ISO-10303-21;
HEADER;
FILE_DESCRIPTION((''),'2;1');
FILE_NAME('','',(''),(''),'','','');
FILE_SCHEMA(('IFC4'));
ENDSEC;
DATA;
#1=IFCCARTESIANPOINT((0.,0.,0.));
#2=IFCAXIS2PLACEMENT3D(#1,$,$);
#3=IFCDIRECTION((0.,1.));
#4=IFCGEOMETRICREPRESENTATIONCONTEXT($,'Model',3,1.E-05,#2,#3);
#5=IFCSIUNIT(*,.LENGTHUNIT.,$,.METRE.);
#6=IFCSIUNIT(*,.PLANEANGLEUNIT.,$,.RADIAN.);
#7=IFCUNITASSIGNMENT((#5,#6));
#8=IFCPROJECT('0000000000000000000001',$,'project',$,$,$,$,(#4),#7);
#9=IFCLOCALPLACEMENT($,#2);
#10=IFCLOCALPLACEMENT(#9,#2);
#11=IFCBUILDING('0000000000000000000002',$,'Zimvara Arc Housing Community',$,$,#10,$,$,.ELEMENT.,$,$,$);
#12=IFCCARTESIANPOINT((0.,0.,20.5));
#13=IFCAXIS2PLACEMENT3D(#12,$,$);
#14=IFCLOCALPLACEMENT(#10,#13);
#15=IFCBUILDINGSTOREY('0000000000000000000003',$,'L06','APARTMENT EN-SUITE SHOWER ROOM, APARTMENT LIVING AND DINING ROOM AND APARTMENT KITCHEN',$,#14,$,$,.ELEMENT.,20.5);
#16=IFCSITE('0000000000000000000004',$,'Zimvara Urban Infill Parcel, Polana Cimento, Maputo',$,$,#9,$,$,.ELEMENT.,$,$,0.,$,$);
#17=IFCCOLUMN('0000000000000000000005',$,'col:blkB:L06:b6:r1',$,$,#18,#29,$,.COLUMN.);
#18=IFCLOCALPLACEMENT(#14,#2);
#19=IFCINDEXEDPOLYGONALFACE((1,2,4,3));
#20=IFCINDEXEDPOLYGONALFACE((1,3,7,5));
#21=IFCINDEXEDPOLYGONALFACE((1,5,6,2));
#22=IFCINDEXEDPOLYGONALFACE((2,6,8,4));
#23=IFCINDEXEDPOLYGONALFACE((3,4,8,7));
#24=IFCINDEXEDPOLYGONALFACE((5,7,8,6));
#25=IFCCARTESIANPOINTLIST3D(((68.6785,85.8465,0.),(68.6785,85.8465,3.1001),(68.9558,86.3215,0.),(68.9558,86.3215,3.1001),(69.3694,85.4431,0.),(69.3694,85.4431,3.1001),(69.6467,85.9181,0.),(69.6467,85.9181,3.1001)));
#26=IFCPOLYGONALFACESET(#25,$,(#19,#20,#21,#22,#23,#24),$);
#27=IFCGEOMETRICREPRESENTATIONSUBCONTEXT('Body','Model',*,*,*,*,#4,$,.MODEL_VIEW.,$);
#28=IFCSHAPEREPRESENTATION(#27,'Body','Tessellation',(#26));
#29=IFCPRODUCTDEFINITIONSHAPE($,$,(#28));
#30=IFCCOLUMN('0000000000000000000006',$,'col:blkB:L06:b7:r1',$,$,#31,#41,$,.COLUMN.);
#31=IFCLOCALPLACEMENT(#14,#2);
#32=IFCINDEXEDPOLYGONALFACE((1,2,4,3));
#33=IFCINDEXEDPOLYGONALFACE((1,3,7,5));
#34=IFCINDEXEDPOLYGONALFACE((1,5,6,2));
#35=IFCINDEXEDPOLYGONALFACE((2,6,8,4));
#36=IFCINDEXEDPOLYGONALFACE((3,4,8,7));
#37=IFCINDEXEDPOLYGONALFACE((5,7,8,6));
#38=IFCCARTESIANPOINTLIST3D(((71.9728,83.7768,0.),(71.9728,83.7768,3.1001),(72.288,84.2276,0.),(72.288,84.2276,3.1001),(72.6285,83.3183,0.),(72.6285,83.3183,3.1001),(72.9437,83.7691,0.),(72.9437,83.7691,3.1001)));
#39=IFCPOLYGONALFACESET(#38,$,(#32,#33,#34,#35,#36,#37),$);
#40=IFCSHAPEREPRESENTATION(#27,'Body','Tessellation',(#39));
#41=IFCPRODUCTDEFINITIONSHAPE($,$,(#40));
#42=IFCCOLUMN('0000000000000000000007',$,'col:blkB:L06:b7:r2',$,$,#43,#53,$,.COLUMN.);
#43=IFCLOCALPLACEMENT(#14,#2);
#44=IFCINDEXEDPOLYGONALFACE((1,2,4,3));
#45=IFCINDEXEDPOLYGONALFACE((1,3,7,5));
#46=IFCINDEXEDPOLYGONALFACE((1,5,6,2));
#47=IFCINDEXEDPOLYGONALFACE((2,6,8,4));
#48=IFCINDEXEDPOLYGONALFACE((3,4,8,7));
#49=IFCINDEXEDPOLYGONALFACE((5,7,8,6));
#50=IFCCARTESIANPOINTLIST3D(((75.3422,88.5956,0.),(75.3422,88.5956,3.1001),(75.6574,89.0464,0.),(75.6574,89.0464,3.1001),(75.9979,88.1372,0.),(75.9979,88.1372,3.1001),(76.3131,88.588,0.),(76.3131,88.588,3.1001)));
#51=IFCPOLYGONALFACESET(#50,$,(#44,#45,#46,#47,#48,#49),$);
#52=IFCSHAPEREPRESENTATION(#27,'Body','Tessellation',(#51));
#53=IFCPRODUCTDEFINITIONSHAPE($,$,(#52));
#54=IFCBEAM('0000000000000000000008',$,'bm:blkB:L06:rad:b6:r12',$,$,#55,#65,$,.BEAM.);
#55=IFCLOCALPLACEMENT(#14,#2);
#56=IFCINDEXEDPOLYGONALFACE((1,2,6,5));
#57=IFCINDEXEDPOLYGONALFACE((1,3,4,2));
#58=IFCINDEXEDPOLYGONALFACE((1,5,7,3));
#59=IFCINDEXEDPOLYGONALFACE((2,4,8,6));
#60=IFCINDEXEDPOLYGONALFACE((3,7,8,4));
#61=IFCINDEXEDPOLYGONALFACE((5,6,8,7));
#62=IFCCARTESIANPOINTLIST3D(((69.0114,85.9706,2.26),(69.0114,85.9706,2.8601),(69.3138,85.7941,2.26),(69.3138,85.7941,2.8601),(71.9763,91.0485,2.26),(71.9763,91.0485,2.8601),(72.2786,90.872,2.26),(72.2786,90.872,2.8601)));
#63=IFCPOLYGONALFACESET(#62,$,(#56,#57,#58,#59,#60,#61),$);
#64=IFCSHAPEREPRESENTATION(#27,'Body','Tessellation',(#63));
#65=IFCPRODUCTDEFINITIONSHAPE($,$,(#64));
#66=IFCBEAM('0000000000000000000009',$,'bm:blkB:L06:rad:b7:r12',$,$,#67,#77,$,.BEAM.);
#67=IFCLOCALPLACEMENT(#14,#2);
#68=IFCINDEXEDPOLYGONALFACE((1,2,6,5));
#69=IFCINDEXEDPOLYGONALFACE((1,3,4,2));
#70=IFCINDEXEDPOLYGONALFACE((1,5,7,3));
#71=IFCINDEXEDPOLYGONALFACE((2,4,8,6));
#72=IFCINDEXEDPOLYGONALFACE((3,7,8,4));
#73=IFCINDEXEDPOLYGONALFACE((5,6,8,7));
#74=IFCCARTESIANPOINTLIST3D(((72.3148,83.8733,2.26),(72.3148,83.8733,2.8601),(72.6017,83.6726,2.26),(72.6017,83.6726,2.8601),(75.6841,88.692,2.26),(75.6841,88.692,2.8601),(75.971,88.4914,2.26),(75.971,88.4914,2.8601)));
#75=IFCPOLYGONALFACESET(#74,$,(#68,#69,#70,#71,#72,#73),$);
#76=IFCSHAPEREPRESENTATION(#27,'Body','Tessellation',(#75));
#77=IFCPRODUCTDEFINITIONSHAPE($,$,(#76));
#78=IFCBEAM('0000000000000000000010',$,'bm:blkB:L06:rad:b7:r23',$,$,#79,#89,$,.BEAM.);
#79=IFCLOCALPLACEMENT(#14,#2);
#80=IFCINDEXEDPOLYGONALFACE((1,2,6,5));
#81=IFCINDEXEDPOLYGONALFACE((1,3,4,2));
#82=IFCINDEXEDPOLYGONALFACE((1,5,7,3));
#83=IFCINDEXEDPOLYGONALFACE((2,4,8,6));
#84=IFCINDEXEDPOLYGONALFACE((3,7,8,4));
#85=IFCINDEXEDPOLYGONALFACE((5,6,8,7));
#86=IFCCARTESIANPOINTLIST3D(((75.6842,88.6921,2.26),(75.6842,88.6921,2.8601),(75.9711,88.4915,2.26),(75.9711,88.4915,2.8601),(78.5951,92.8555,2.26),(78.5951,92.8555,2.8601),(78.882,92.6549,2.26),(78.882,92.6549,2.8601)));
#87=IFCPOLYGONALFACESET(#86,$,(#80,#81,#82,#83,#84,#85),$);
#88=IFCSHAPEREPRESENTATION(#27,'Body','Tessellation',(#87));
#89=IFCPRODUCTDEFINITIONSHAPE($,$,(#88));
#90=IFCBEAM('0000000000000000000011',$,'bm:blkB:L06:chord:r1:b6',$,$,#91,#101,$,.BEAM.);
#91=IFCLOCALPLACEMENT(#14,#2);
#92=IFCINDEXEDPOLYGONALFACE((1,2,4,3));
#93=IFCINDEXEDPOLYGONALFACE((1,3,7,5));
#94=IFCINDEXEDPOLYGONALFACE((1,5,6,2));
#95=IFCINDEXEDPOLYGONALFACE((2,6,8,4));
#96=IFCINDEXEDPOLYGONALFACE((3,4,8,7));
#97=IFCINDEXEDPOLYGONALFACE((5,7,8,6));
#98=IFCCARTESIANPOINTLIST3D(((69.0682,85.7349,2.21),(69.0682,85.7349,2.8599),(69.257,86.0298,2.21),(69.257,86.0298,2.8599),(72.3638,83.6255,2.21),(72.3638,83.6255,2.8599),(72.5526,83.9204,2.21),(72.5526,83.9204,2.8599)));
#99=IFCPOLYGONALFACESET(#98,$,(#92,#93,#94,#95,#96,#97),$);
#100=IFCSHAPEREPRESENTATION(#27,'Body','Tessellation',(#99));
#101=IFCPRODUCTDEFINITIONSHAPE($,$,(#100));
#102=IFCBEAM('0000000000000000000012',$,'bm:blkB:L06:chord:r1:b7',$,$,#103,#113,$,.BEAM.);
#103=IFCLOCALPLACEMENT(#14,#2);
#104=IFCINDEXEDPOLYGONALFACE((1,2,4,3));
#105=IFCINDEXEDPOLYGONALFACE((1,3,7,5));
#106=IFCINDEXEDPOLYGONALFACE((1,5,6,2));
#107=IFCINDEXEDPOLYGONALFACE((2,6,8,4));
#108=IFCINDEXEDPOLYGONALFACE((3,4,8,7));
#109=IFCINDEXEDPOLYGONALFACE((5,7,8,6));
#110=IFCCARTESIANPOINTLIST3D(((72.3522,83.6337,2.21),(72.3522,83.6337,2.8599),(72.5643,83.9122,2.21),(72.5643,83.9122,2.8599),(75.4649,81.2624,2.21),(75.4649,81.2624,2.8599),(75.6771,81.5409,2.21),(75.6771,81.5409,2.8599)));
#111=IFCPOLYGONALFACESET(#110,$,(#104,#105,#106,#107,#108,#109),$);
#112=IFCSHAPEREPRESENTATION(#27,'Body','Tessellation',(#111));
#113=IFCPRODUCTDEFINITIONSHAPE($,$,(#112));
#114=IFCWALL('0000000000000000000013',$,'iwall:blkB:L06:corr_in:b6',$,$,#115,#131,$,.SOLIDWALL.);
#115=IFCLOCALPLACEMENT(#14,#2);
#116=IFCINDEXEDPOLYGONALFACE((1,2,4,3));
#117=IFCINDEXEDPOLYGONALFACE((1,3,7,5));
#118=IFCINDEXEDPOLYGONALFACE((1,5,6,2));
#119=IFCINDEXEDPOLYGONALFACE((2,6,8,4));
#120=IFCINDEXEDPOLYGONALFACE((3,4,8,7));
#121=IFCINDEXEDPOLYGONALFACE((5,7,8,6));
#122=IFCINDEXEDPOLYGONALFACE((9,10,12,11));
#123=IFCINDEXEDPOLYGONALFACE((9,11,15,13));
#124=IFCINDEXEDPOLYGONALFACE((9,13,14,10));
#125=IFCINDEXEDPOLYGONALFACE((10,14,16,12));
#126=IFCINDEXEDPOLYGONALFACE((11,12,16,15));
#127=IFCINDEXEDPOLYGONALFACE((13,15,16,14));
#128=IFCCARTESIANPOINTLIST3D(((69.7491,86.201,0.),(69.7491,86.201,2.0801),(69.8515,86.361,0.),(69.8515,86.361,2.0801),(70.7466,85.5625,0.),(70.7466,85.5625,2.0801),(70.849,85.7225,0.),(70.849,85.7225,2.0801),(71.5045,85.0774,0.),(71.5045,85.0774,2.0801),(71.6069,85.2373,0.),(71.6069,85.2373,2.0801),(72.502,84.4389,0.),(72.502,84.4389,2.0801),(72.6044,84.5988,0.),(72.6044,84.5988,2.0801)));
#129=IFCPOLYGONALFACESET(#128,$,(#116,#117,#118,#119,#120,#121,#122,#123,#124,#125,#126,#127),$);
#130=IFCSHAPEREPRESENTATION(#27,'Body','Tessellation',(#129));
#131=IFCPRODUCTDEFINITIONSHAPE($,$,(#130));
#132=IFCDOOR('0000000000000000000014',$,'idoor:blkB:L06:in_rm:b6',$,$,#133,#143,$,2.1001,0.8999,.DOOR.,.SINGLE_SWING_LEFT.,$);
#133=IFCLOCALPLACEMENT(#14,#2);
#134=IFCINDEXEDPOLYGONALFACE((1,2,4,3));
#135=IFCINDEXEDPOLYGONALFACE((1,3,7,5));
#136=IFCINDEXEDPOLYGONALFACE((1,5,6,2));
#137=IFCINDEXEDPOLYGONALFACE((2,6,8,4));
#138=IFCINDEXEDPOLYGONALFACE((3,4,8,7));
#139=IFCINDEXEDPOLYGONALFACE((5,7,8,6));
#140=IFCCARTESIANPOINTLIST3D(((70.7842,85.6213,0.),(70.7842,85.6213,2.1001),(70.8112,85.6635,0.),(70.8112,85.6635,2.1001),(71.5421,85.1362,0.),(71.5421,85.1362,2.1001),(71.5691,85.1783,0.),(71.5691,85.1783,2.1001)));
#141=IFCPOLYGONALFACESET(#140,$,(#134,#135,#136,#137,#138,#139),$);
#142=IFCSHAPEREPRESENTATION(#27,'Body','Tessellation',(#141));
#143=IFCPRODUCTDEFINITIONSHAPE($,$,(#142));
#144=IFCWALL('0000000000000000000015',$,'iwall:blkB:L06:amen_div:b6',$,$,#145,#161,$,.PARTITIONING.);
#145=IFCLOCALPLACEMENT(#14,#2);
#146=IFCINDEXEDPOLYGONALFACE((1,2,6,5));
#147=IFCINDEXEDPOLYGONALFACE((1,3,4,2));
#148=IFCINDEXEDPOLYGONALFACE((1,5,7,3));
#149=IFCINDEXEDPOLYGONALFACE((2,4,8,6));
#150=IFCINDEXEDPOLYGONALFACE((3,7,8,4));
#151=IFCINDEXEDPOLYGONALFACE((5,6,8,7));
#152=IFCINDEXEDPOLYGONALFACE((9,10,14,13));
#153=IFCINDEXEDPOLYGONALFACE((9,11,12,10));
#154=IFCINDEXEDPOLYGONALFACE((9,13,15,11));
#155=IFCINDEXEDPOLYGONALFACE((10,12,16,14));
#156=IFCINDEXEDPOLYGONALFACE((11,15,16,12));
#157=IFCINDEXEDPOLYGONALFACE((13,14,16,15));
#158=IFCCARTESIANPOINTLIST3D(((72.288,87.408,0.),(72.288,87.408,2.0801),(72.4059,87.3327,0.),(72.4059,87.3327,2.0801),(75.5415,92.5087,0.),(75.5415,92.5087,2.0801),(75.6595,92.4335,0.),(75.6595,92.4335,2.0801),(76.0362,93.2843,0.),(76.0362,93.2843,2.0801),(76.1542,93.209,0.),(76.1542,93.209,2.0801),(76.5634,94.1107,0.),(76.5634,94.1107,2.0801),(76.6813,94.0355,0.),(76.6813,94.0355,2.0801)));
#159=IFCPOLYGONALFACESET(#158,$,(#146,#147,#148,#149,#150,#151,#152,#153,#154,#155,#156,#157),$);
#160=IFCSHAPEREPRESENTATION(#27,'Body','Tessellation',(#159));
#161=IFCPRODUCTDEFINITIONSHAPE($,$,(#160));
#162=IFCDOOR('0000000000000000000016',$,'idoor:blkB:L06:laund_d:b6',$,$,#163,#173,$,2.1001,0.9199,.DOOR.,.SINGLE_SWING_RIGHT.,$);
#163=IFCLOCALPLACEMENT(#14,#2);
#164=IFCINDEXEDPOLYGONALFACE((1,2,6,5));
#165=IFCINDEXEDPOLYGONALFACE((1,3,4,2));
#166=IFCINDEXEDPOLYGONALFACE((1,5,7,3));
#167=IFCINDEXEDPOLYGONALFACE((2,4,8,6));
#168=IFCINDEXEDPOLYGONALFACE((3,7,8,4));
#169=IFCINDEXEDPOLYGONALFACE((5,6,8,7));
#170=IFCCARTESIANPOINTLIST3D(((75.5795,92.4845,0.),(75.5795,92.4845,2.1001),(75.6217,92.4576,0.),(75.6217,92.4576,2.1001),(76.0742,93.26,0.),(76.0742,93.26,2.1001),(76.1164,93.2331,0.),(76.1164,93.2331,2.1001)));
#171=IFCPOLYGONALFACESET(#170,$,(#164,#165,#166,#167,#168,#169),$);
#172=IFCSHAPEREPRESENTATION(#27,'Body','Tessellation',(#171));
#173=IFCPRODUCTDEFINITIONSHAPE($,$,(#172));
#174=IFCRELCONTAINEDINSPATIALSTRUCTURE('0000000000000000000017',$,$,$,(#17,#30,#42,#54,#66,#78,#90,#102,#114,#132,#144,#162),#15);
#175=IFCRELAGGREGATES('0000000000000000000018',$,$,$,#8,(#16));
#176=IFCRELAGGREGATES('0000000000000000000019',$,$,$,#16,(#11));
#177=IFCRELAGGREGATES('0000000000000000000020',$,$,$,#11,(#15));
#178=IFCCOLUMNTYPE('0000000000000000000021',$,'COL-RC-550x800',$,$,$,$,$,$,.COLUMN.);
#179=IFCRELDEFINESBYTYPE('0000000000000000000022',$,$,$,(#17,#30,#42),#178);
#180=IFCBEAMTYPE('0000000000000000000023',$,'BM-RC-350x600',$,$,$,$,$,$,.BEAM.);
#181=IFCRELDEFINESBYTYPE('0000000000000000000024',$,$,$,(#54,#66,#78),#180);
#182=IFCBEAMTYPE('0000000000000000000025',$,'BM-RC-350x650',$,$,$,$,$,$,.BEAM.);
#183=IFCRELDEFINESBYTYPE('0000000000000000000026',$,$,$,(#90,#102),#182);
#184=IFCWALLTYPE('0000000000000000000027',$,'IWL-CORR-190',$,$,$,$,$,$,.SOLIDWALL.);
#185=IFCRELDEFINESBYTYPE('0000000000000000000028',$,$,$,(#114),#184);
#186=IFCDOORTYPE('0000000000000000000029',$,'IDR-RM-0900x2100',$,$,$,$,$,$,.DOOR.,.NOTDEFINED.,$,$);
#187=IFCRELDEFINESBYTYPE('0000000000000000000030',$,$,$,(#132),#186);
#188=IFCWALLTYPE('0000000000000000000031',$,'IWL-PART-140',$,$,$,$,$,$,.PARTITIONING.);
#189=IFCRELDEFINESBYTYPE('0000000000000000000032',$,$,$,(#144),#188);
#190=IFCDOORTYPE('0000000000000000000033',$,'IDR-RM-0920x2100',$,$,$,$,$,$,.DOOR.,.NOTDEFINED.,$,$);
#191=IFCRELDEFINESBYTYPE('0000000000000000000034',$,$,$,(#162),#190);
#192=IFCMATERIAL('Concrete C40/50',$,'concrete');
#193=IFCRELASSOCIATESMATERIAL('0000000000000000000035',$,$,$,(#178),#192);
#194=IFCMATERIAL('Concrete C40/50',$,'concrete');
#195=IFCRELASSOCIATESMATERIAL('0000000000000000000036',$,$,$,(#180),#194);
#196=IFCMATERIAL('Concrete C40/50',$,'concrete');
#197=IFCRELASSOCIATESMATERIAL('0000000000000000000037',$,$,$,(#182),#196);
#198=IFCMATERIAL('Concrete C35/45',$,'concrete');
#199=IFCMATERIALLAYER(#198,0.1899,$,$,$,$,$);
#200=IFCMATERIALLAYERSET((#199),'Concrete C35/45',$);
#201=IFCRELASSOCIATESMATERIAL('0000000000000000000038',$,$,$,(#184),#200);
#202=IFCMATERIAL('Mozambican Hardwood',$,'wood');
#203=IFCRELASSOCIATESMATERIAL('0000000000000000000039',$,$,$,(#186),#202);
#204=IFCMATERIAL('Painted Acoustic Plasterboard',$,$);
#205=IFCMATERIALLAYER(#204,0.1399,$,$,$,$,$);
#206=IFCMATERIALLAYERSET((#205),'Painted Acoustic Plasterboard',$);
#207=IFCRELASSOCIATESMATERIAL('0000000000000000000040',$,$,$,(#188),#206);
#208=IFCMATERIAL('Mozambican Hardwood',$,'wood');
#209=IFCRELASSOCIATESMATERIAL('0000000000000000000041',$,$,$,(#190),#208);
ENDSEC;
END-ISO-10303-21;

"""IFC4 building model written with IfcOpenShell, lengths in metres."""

from ifc_helpers import new_model, si_unit, direction, frame, frame_2d, origin, origin_2d, place, context, subcontext, project, spatial, rectangle, extrude, material, layer, layer_set, material_profile, profile_set, type_object, element, fill, save


model = new_model("IFC4")

# Units and contexts
model_context = context("Model", 3, precision=1e-05, world=origin(), true_north=direction((0.0, 1.0)))
body_context = subcontext(model_context, "Body", "Model", "MODEL_VIEW")
ifc_project = project(units=[si_unit("LENGTHUNIT", "METRE"), si_unit("PLANEANGLEUNIT", "RADIAN")], contexts=[model_context])

# Site, building, storey
site_placement = place(None, origin())
site = spatial("IfcSite", under=ifc_project, at=site_placement, Name="Zimvara Urban Infill Parcel, Polana Cimento, Maputo", CompositionType="ELEMENT", RefElevation=0.0)
building_placement = place(site_placement, origin())
building = spatial("IfcBuilding", under=site, at=building_placement, Name="Zimvara Arc Housing Community", CompositionType="ELEMENT")
storey_placement = place(building_placement, frame((0.0, 0.0, 20.5)))
storey = spatial("IfcBuildingStorey", under=building, at=storey_placement, Name="L06", Description="APARTMENT EN-SUITE SHOWER ROOM, APARTMENT LIVING AND DINING ROOM AND APARTMENT KITCHEN", CompositionType="ELEMENT", Elevation=20.5)

# Columns
ifc_material_1 = material(Name="Concrete C40/50", Category="concrete")
ifc_material_profile_1 = material_profile(ifc_material_1, rectangle(XDim=0.55, YDim=0.8, at=origin_2d()), Name="RC 550x800")
ifc_profile_set_1 = profile_set([ifc_material_profile_1], Name="Concrete C40/50")
column_type = type_object("IfcColumnType", Name="COL-RC-550x800", PredefinedType="COLUMN", material=ifc_profile_set_1)
for number, where, z_axis, x_axis, name in (
    (1, (69.1626, 85.8823, 0.0), (0.0, 0.0, 1.0), (0.504226, 0.863572, 0.0), "col:blkB:L06:b6:r1"),
    (2, (72.4583, 83.7729, 0.0), (0.0, 0.0, 1.0), (0.573004, 0.819552, 0.0), "col:blkB:L06:b7:r1"),
    (3, (75.8276, 88.5918, 0.0), (0.0, 0.0, 1.0), (0.573004, 0.819552, 0.0), "col:blkB:L06:b7:r2"),
):
    element("IfcColumn", number, at=place(storey_placement, frame(where, z_axis=z_axis, x_axis=x_axis)), inside=storey, type_object=column_type, Name=name, PredefinedType="COLUMN", context=body_context, shape_type="SweptSolid", body=[
        extrude(rectangle(XDim=0.55, YDim=0.8, at=origin_2d()), origin(), (0.0, 0.0, 1.0), 3.1001),
    ])

# Beams
ifc_material_2 = material(Name="Concrete C40/50", Category="concrete")
ifc_material_profile_2 = material_profile(ifc_material_2, rectangle(XDim=0.3501, YDim=0.6001, at=origin_2d()), Name="RC 350x600")
ifc_profile_set_2 = profile_set([ifc_material_profile_2], Name="Concrete C40/50")
beam_type_1 = type_object("IfcBeamType", Name="BM-RC-350x600", PredefinedType="BEAM", material=ifc_profile_set_2)
beam_1_placement = place(storey_placement, frame((69.1626, 85.8823, 2.5601), z_axis=(0.504219, 0.863576, 0.0), x_axis=(-0.863576, 0.504219, 0.0)))
element("IfcBeam", 4, at=beam_1_placement, inside=storey, type_object=beam_type_1, Name="bm:blkB:L06:rad:b6:r12", PredefinedType="BEAM", context=body_context, shape_type="SweptSolid", body=[
    extrude(rectangle(XDim=0.3501, YDim=0.6001, at=origin_2d()), origin(), (0.0, 0.0, 1.0), 5.8801),
])
beam_2_placement = place(storey_placement, frame((72.4583, 83.7729, 2.5601), z_axis=(0.573028, 0.819536, 0.0), x_axis=(-0.819536, 0.573028, 0.0)))
element("IfcBeam", 5, at=beam_2_placement, inside=storey, type_object=beam_type_1, Name="bm:blkB:L06:rad:b7:r12", PredefinedType="BEAM", context=body_context, shape_type="SweptSolid", body=[
    extrude(rectangle(XDim=0.3501, YDim=0.6001, at=origin_2d()), origin(), (0.0, 0.0, 1.0), 5.8799),
])
beam_3_placement = place(storey_placement, frame((75.8276, 88.5918, 2.5601), z_axis=(0.573007, 0.81955, 0.0), x_axis=(-0.81955, 0.573007, 0.0)))
element("IfcBeam", 6, at=beam_3_placement, inside=storey, type_object=beam_type_1, Name="bm:blkB:L06:rad:b7:r23", PredefinedType="BEAM", context=body_context, shape_type="SweptSolid", body=[
    extrude(rectangle(XDim=0.3501, YDim=0.6001, at=origin_2d()), origin(), (0.0, 0.0, 1.0), 5.0801),
])
ifc_material_3 = material(Name="Concrete C40/50", Category="concrete")
ifc_material_profile_3 = material_profile(ifc_material_3, rectangle(XDim=0.3501, YDim=0.6499, at=origin_2d()), Name="RC 350x650")
ifc_profile_set_3 = profile_set([ifc_material_profile_3], Name="Concrete C40/50")
beam_type_2 = type_object("IfcBeamType", Name="BM-RC-350x650", PredefinedType="BEAM", material=ifc_profile_set_3)
beam_4_placement = place(storey_placement, frame((69.1626, 85.8823, 2.5349), z_axis=(0.842253, -0.539082, 0.0), x_axis=(0.539082, 0.842253, 0.0)))
element("IfcBeam", 7, at=beam_4_placement, inside=storey, type_object=beam_type_2, Name="bm:blkB:L06:chord:r1:b6", PredefinedType="BEAM", context=body_context, shape_type="SweptSolid", body=[
    extrude(rectangle(XDim=0.3501, YDim=0.6499, at=origin_2d()), origin(), (0.0, 0.0, 1.0), 3.9128),
])
beam_5_placement = place(storey_placement, frame((72.4583, 83.7729, 2.5349), z_axis=(0.79547, -0.605992, 0.0), x_axis=(0.605992, 0.79547, 0.0)))
element("IfcBeam", 8, at=beam_5_placement, inside=storey, type_object=beam_type_2, Name="bm:blkB:L06:chord:r1:b7", PredefinedType="BEAM", context=body_context, shape_type="SweptSolid", body=[
    extrude(rectangle(XDim=0.3501, YDim=0.6499, at=origin_2d()), origin(), (0.0, 0.0, 1.0), 3.9131),
])

# Wall, opening, door
ifc_material_4 = material(Name="Concrete C35/45", Category="concrete")
ifc_layer_1 = layer(ifc_material_4, 0.1899)
ifc_layer_set_1 = layer_set([ifc_layer_1], Name="Concrete C35/45")
wall_type_1 = type_object("IfcWallType", Name="IWL-CORR-190", PredefinedType="SOLIDWALL", material=ifc_layer_set_1)
wall_1_placement = place(storey_placement, frame((69.8003, 86.281, 0.0), z_axis=(0.0, 0.0, 1.0), x_axis=(0.842225, -0.539126, 0.0)))
wall_1 = element("IfcWall", 9, at=wall_1_placement, inside=storey, type_object=wall_type_1, Name="iwall:blkB:L06:corr_in:b6", PredefinedType="SOLIDWALL", context=body_context, shape_type="SweptSolid", body=[
    extrude(rectangle(XDim=3.2686, YDim=0.1899, at=frame_2d((1.6343, 0.0))), origin(), (0.0, 0.0, 1.0), 2.0801),
])
opening_1_placement = place(wall_1_placement, frame((1.1843, 0.0, 0.0)))
opening_1 = element("IfcOpeningElement", 10, at=opening_1_placement, cuts=wall_1, PredefinedType="OPENING", context=body_context, shape_type="SweptSolid", body=[
    extrude(rectangle(XDim=0.8999, YDim=2.1001, at=frame_2d((0.45, 1.05))), frame((0.0, 0.105, 0.0), z_axis=(0.0, -1.0, 0.0), x_axis=(1.0, 0.0, 0.0)), (0.0, 0.0, 1.0), 0.21),
])
ifc_material_5 = material(Name="Mozambican Hardwood", Category="wood")
door_type_1 = type_object("IfcDoorType", Name="IDR-RM-0900x2100", OperationType="NOTDEFINED", PredefinedType="DOOR", material=ifc_material_5)
door_1_placement = place(opening_1_placement, origin())
door_1 = element("IfcDoor", 11, at=door_1_placement, inside=storey, type_object=door_type_1, Name="idoor:blkB:L06:in_rm:b6", OperationType="SINGLE_SWING_LEFT", OverallHeight=2.1001, OverallWidth=0.8999, PredefinedType="DOOR", context=body_context, shape_type="SweptSolid", body=[
    extrude(rectangle(XDim=0.8999, YDim=2.1001, at=frame_2d((0.45, 1.05))), frame((0.0, 0.0249, 0.0), z_axis=(0.0, -1.0, 0.0), x_axis=(1.0, 0.0, 0.0)), (0.0, 0.0, 1.0), 0.05),
])
fill(opening_1, door_1)

# Wall, opening, door
ifc_material_6 = material(Name="Painted Acoustic Plasterboard")
ifc_layer_2 = layer(ifc_material_6, 0.1399)
ifc_layer_set_2 = layer_set([ifc_layer_2], Name="Painted Acoustic Plasterboard")
wall_type_2 = type_object("IfcWallType", Name="IWL-PART-140", PredefinedType="PARTITIONING", material=ifc_layer_set_2)
wall_2_placement = place(storey_placement, frame((72.3469, 87.3704, 0.0), z_axis=(0.0, 0.0, 1.0), x_axis=(0.537777, 0.843087, 0.0)))
wall_2 = element("IfcWall", 12, at=wall_2_placement, inside=storey, type_object=wall_type_2, Name="iwall:blkB:L06:amen_div:b6", PredefinedType="PARTITIONING", context=body_context, shape_type="SweptSolid", body=[
    extrude(rectangle(XDim=7.9502, YDim=0.1399, at=frame_2d((3.9751, 0.0))), origin(), (0.0, 0.0, 1.0), 2.0801),
])
opening_2_placement = place(wall_2_placement, frame((6.05, 0.0, 0.0)))
opening_2 = element("IfcOpeningElement", 13, at=opening_2_placement, cuts=wall_2, PredefinedType="OPENING", context=body_context, shape_type="SweptSolid", body=[
    extrude(rectangle(XDim=0.9199, YDim=2.1001, at=frame_2d((0.46, 1.05))), frame((0.0, 0.0798, 0.0), z_axis=(0.0, -1.0, 0.0), x_axis=(1.0, 0.0, 0.0)), (0.0, 0.0, 1.0), 0.1599),
])
ifc_material_7 = material(Name="Mozambican Hardwood", Category="wood")
door_type_2 = type_object("IfcDoorType", Name="IDR-RM-0920x2100", OperationType="NOTDEFINED", PredefinedType="DOOR", material=ifc_material_7)
door_2_placement = place(opening_2_placement, origin())
door_2 = element("IfcDoor", 14, at=door_2_placement, inside=storey, type_object=door_type_2, Name="idoor:blkB:L06:laund_d:b6", OperationType="SINGLE_SWING_RIGHT", OverallHeight=2.1001, OverallWidth=0.9199, PredefinedType="DOOR", context=body_context, shape_type="SweptSolid", body=[
    extrude(rectangle(XDim=0.9199, YDim=2.1001, at=frame_2d((0.46, 1.05))), frame((0.0, 0.0249, 0.0), z_axis=(0.0, -1.0, 0.0), x_axis=(1.0, 0.0, 0.0)), (0.0, 0.0, 1.0), 0.05),
])
fill(opening_2, door_2)

save(model, "model.ifc")
